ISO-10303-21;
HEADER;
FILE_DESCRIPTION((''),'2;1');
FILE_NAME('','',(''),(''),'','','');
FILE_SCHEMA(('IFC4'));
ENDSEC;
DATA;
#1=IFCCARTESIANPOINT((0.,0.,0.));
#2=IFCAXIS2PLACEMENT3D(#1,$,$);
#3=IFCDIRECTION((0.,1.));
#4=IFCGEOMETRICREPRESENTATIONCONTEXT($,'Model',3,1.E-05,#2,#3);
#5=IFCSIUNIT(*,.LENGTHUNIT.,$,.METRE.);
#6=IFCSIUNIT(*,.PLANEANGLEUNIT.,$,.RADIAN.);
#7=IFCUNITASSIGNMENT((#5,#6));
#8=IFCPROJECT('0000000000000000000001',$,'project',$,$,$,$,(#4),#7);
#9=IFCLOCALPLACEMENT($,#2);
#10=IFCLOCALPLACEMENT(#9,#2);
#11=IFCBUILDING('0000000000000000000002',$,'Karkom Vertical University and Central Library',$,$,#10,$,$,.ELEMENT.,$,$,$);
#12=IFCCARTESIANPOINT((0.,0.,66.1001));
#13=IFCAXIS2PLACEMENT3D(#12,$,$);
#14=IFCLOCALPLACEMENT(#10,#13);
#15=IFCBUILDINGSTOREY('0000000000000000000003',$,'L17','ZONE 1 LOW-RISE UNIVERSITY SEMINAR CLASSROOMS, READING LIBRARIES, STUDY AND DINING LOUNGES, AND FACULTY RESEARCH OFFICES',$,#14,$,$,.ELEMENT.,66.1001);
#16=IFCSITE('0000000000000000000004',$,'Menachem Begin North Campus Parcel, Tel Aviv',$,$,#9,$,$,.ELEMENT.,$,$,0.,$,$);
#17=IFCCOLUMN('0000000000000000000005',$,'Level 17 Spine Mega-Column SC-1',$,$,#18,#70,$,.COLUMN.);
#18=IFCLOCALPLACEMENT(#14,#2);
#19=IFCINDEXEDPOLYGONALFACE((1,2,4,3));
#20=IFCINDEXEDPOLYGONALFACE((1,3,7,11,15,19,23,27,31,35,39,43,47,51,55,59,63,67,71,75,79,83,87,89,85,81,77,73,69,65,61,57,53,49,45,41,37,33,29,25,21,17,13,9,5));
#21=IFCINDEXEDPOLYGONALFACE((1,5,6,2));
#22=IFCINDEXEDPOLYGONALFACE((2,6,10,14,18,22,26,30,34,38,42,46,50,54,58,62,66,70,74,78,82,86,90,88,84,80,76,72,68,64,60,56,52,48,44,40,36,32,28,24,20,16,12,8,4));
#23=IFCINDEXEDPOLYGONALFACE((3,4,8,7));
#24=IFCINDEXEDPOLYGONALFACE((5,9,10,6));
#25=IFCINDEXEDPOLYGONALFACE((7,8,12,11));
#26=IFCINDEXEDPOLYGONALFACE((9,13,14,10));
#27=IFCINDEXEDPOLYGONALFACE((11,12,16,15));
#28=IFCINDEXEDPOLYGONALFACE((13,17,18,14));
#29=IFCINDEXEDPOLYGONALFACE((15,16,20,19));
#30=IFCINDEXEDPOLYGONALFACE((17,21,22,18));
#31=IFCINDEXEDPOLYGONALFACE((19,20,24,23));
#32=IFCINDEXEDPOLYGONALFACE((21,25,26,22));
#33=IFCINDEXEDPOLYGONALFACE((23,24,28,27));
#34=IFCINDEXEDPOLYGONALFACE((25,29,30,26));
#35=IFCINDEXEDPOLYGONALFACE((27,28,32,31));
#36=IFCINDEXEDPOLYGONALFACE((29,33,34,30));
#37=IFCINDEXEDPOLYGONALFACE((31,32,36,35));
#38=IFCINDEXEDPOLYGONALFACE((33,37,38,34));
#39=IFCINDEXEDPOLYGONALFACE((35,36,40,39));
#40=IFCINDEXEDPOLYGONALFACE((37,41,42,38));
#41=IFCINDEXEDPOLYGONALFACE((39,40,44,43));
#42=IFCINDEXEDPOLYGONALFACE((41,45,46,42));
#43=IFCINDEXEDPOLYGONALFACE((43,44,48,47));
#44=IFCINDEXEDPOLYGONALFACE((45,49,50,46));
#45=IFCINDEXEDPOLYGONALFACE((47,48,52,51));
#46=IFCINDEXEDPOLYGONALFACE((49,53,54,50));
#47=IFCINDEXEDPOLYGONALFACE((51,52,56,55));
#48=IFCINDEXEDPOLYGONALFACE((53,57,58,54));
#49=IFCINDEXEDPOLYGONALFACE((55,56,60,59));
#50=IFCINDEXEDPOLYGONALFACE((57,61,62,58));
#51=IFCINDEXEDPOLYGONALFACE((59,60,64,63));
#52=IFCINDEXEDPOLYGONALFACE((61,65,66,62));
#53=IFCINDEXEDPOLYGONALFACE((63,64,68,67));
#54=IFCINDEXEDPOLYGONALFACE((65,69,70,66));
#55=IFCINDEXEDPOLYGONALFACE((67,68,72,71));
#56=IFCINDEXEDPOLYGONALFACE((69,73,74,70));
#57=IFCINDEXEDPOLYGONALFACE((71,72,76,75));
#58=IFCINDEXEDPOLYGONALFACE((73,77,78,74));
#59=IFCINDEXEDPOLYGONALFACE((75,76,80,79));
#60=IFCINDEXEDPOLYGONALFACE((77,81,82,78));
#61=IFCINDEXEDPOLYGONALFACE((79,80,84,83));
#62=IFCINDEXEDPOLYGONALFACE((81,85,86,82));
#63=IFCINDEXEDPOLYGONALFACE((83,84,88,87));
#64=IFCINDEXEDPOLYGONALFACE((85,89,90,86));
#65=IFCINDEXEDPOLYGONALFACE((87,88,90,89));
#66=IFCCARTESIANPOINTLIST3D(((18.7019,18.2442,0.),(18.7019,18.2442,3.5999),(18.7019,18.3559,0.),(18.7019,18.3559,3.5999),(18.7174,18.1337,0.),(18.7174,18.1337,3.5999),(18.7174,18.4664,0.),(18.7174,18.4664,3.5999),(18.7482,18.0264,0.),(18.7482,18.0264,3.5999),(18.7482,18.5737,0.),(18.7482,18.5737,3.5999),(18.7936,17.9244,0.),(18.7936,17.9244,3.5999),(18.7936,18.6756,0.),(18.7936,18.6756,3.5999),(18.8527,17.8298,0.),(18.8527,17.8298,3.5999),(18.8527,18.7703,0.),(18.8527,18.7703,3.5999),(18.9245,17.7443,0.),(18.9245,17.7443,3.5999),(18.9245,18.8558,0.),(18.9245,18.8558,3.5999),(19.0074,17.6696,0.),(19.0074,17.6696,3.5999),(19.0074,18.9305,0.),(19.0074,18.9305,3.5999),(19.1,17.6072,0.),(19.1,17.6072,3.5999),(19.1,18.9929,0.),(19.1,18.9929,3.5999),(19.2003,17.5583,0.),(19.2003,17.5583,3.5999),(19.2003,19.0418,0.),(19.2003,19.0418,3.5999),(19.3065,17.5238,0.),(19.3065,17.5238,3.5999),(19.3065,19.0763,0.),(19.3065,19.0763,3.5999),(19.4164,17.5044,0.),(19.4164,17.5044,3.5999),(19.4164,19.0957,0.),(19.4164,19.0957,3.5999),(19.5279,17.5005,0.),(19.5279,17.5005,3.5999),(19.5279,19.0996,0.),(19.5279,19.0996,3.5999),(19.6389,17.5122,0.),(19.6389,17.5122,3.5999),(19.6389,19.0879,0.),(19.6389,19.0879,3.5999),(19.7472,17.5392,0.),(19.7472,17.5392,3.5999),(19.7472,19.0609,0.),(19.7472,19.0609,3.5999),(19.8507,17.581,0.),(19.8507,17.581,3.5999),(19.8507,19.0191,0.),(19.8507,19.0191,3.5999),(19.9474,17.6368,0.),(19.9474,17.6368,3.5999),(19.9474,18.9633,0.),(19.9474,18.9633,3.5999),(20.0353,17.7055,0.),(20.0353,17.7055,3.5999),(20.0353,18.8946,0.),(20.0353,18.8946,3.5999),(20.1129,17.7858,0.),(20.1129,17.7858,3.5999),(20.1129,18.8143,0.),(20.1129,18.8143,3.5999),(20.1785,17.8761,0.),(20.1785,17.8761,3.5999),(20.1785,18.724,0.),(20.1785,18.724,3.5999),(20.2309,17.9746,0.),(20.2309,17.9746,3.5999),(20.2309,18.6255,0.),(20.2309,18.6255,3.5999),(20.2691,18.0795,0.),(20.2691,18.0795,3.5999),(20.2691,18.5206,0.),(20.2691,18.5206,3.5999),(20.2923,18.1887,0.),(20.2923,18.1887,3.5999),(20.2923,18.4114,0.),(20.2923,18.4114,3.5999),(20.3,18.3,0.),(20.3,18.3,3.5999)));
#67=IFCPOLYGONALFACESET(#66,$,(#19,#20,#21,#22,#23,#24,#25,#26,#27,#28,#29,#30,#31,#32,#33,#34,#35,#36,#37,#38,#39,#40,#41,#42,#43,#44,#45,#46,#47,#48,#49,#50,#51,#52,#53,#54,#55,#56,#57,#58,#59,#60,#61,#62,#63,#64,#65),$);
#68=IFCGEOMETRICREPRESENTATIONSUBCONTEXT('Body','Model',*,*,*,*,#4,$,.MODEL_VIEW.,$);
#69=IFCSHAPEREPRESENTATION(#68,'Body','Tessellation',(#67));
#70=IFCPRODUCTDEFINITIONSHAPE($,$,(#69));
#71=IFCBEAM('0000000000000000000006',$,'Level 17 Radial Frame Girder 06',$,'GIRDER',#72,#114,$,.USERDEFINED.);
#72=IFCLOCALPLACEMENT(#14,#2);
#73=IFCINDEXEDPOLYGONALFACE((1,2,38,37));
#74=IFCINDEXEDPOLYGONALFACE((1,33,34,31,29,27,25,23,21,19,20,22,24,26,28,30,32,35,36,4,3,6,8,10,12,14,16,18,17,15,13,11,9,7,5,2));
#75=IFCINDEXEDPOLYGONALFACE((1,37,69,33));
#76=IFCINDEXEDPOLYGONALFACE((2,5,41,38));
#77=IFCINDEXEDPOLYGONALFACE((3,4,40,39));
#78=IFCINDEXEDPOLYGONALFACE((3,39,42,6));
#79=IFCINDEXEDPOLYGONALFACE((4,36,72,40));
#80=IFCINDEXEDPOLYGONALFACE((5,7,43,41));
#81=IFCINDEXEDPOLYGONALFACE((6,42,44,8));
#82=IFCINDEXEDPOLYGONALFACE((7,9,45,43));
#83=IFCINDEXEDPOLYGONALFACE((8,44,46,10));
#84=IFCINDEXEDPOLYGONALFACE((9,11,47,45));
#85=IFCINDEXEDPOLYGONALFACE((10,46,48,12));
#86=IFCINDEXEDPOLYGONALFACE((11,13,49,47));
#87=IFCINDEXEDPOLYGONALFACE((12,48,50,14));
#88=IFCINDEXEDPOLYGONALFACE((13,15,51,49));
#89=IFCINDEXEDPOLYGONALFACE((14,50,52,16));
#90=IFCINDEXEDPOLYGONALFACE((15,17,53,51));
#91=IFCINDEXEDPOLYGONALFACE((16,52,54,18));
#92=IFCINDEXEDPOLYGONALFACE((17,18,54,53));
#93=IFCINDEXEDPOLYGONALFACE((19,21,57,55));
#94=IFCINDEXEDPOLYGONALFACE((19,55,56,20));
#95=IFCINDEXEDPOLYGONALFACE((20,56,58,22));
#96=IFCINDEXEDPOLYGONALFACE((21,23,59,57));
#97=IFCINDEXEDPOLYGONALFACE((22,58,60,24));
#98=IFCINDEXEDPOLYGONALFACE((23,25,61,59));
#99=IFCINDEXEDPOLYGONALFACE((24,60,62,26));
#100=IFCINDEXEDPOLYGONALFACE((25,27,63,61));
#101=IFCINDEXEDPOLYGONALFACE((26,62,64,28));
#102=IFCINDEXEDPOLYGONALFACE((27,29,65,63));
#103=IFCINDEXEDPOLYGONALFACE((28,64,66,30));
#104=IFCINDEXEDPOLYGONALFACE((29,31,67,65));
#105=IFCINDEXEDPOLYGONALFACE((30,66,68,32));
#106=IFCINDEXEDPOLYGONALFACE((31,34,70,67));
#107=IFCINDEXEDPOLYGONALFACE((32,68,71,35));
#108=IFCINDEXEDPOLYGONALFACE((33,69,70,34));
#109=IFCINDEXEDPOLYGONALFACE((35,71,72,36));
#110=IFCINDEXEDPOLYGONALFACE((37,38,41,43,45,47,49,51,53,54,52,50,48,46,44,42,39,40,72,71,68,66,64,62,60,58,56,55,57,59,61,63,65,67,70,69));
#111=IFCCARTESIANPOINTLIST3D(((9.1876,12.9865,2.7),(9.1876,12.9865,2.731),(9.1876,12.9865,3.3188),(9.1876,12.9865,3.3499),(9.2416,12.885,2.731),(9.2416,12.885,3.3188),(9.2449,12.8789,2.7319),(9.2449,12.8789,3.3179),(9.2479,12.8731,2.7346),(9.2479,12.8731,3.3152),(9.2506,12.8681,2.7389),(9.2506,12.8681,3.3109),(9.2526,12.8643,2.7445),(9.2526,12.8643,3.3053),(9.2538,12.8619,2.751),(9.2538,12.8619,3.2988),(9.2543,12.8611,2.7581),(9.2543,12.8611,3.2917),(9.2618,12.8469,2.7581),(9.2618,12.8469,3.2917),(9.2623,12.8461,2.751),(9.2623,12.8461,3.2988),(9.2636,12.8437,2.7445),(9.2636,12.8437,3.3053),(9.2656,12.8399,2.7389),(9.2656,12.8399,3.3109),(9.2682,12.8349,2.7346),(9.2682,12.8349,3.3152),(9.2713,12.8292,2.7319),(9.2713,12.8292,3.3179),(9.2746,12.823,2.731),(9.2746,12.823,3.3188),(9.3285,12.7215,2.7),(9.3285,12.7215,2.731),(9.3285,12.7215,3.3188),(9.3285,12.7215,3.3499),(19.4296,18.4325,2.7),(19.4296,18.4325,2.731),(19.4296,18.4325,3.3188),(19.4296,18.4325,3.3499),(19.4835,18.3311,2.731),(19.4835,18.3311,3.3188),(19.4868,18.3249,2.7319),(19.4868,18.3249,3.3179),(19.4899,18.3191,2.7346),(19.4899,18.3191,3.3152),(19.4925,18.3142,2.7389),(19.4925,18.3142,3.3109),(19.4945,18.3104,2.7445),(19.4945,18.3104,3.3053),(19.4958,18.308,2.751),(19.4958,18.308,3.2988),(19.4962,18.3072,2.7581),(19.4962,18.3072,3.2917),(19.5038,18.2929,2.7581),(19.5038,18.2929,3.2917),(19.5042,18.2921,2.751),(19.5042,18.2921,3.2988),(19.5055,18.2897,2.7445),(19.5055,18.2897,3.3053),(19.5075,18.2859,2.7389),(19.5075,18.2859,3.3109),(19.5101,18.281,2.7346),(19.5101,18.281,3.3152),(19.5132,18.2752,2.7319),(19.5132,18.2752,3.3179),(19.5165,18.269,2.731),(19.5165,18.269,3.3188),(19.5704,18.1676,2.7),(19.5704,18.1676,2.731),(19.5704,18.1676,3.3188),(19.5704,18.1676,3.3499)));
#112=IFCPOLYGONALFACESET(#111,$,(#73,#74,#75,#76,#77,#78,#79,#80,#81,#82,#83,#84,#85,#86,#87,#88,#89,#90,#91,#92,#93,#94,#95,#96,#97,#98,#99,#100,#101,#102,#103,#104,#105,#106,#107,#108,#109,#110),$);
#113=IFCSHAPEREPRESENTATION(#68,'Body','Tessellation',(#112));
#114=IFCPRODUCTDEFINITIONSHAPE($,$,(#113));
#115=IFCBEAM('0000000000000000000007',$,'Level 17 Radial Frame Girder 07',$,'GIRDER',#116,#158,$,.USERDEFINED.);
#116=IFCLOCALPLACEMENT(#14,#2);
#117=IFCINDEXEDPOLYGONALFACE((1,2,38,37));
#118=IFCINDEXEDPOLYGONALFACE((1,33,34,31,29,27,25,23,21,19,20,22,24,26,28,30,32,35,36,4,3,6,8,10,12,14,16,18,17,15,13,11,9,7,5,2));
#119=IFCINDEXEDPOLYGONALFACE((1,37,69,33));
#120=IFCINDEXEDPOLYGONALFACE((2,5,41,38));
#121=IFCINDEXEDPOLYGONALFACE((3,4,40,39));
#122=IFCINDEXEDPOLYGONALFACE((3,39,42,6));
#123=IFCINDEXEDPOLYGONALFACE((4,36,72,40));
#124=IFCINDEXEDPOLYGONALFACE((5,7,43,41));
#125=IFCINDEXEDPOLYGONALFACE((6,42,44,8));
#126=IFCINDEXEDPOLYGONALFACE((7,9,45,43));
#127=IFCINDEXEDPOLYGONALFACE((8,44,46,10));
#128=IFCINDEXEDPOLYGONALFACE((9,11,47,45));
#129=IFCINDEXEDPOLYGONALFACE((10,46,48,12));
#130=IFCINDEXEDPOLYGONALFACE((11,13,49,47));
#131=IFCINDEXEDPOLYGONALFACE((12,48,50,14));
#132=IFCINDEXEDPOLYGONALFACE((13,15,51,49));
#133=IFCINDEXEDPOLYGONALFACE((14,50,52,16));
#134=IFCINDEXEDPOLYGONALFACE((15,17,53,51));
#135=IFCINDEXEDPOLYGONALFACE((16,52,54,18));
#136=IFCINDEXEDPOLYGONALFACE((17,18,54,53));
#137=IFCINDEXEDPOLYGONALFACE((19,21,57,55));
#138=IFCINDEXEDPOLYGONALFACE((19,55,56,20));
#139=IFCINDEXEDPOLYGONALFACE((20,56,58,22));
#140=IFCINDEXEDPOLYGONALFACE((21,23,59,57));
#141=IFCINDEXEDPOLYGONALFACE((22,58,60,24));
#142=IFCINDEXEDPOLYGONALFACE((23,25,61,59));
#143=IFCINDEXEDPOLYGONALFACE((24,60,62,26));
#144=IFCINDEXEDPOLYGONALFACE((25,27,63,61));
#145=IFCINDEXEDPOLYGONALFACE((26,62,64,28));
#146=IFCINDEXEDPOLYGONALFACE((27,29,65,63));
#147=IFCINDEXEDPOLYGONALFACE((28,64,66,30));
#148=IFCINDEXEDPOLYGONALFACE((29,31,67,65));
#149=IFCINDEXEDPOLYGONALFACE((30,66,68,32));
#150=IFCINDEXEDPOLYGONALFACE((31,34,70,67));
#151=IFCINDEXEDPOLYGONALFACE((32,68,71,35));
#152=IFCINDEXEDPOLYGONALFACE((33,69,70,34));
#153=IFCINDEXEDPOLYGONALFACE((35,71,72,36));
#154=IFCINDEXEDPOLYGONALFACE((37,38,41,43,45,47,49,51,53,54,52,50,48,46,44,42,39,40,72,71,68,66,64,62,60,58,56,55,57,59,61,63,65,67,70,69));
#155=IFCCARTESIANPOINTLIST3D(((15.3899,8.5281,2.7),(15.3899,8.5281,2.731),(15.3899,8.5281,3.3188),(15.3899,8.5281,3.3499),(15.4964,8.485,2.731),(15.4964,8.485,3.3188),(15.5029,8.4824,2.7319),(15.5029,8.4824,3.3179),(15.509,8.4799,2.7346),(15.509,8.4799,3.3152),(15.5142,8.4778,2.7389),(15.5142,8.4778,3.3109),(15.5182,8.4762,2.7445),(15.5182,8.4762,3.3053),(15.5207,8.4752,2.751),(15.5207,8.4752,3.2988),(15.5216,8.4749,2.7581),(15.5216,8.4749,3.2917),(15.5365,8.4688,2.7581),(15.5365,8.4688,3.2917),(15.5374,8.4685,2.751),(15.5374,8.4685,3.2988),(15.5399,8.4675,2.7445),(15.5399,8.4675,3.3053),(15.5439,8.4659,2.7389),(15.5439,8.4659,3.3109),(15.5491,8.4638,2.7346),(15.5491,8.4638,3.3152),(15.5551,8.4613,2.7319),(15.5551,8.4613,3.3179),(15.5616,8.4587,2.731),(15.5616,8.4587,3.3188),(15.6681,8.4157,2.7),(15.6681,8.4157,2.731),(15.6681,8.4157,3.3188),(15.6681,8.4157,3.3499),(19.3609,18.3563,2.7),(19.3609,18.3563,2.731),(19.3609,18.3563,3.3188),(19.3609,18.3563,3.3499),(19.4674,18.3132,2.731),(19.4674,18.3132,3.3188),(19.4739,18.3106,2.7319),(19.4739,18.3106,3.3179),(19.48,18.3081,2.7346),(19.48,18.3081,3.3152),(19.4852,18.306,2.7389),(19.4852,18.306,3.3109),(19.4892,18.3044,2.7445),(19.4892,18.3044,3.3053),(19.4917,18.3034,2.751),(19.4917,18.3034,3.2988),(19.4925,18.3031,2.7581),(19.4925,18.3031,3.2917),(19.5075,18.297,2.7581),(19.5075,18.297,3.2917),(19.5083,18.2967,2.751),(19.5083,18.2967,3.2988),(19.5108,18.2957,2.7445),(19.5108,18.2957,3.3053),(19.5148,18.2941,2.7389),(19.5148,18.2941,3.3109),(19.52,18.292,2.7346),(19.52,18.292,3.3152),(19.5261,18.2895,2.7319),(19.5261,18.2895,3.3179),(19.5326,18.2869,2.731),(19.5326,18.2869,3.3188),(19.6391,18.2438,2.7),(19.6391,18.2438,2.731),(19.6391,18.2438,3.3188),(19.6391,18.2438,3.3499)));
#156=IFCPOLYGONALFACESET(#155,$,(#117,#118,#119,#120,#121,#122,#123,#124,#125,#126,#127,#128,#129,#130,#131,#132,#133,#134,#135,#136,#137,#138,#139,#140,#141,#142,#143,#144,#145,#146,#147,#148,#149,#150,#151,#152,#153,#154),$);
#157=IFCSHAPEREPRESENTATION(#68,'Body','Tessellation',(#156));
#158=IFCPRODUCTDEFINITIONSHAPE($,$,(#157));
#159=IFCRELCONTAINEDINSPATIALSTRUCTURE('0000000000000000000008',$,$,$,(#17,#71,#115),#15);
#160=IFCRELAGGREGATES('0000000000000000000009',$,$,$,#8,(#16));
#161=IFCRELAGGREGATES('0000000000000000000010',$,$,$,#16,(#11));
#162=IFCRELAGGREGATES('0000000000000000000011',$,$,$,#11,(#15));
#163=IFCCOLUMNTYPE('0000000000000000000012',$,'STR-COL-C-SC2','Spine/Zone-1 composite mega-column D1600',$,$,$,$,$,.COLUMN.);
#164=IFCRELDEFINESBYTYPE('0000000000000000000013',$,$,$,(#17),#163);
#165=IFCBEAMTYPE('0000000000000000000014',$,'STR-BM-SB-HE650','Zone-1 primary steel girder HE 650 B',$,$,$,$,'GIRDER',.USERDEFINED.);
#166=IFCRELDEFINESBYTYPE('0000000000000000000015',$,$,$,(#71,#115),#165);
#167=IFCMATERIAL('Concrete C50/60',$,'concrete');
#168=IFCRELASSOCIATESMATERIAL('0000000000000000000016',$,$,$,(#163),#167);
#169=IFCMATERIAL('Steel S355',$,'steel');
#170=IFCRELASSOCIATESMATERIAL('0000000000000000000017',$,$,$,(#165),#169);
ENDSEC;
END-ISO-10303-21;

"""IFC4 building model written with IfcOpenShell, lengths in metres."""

from ifc_helpers import new_model, si_unit, direction, frame, origin, origin_with_axes, origin_2d, place, context, subcontext, project, spatial, circle, i_section, extrude, source, transform, mapped, material, material_profile, profile_set, type_object, element, save


model = new_model("IFC4")

# Units and contexts
model_context = context("Model", 3, precision=1e-05, world=origin(), true_north=direction((0.0, 1.0)))
body_context = subcontext(model_context, "Body", "Model", "MODEL_VIEW")
ifc_project = project(units=[si_unit("LENGTHUNIT", "METRE"), si_unit("PLANEANGLEUNIT", "RADIAN")], contexts=[model_context])

# Site, building, storey
site_placement = place(None, origin())
site = spatial("IfcSite", under=ifc_project, at=site_placement, Name="Menachem Begin North Campus Parcel, Tel Aviv", CompositionType="ELEMENT", RefElevation=0.0)
building_placement = place(site_placement, origin())
building = spatial("IfcBuilding", under=site, at=building_placement, Name="Karkom Vertical University and Central Library", CompositionType="ELEMENT")
storey_placement = place(building_placement, frame((0.0, 0.0, 66.1001)))
storey = spatial("IfcBuildingStorey", under=building, at=storey_placement, Name="L17", Description="ZONE 1 LOW-RISE UNIVERSITY SEMINAR CLASSROOMS, READING LIBRARIES, STUDY AND DINING LOUNGES, AND FACULTY RESEARCH OFFICES", CompositionType="ELEMENT", Elevation=66.1001)

# Column
ifc_material_1 = material(Name="Concrete C50/60", Category="concrete")
ifc_material_profile_1 = material_profile(ifc_material_1, circle(Radius=0.8, at=origin_2d()), Name="CFT-D1600")
ifc_profile_set_1 = profile_set([ifc_material_profile_1], Name="Concrete C50/60")
column_type = type_object("IfcColumnType", Name="STR-COL-C-SC2", Description="Spine/Zone-1 composite mega-column D1600", PredefinedType="COLUMN", material=ifc_profile_set_1)
shared_shape_1 = source(origin_with_axes(), body_context, "Body", "SweptSolid", [
    extrude(circle(Radius=0.8, at=origin_2d()), origin(), (0.0, 0.0, 1.0), 3.5999),
])
column_placement = place(storey_placement, frame((19.5, 18.3, 0.0), z_axis=(0.0, 0.0, 1.0), x_axis=(1.0, 0.0, 0.0)))
element("IfcColumn", 1, at=column_placement, inside=storey, type_object=column_type, Name="Level 17 Spine Mega-Column SC-1", PredefinedType="COLUMN", context=body_context, shape_type="MappedRepresentation", body=[
    mapped(shared_shape_1, transform((0.0, 0.0, 0.0), scale=1.0)),
])

# Beams
ifc_material_2 = material(Name="Steel S355", Category="steel")
ifc_material_profile_2 = material_profile(ifc_material_2, i_section(OverallWidth=0.3, OverallDepth=0.6499, WebThickness=0.0161, FlangeThickness=0.031, FilletRadius=0.0271, at=origin_2d()), Name="HE 650 B")
ifc_profile_set_2 = profile_set([ifc_material_profile_2], Name="Steel S355")
beam_type_1 = type_object("IfcBeamType", Name="STR-BM-SB-HE650", Description="Zone-1 primary steel girder HE 650 B", ElementType="GIRDER", PredefinedType="USERDEFINED", material=ifc_profile_set_2)
shared_shape_2 = source(origin_with_axes(), body_context, "Body", "SweptSolid", [
    extrude(i_section(OverallWidth=0.3, OverallDepth=0.6499, WebThickness=0.0161, FlangeThickness=0.031, FilletRadius=0.0271, at=origin_2d()), origin(), (0.0, 0.0, 1.0), 11.5999),
])
beam_1_placement = place(storey_placement, frame((19.5, 18.3, 3.0249), z_axis=(-0.882937, -0.469492, 0.0), x_axis=(0.469492, -0.882937, 0.0)))
element("IfcBeam", 2, at=beam_1_placement, inside=storey, type_object=beam_type_1, Name="Level 17 Radial Frame Girder 06", ObjectType="GIRDER", PredefinedType="USERDEFINED", context=body_context, shape_type="MappedRepresentation", body=[
    mapped(shared_shape_2, transform((0.0, 0.0, 0.0), scale=1.0)),
])
shared_shape_3 = source(origin_with_axes(), body_context, "Body", "SweptSolid", [
    extrude(i_section(OverallWidth=0.3, OverallDepth=0.6499, WebThickness=0.0161, FlangeThickness=0.031, FilletRadius=0.0271, at=origin_2d()), origin(), (0.0, 0.0, 1.0), 10.6001),
])
beam_2_placement = place(storey_placement, frame((19.5, 18.3, 3.0249), z_axis=(-0.374617, -0.92718, 0.0), x_axis=(0.92718, -0.374617, 0.0)))
element("IfcBeam", 3, at=beam_2_placement, inside=storey, type_object=beam_type_1, Name="Level 17 Radial Frame Girder 07", ObjectType="GIRDER", PredefinedType="USERDEFINED", context=body_context, shape_type="MappedRepresentation", body=[
    mapped(shared_shape_3, transform((0.0, 0.0, 0.0), scale=1.0)),
])

save(model, "model.ifc")
